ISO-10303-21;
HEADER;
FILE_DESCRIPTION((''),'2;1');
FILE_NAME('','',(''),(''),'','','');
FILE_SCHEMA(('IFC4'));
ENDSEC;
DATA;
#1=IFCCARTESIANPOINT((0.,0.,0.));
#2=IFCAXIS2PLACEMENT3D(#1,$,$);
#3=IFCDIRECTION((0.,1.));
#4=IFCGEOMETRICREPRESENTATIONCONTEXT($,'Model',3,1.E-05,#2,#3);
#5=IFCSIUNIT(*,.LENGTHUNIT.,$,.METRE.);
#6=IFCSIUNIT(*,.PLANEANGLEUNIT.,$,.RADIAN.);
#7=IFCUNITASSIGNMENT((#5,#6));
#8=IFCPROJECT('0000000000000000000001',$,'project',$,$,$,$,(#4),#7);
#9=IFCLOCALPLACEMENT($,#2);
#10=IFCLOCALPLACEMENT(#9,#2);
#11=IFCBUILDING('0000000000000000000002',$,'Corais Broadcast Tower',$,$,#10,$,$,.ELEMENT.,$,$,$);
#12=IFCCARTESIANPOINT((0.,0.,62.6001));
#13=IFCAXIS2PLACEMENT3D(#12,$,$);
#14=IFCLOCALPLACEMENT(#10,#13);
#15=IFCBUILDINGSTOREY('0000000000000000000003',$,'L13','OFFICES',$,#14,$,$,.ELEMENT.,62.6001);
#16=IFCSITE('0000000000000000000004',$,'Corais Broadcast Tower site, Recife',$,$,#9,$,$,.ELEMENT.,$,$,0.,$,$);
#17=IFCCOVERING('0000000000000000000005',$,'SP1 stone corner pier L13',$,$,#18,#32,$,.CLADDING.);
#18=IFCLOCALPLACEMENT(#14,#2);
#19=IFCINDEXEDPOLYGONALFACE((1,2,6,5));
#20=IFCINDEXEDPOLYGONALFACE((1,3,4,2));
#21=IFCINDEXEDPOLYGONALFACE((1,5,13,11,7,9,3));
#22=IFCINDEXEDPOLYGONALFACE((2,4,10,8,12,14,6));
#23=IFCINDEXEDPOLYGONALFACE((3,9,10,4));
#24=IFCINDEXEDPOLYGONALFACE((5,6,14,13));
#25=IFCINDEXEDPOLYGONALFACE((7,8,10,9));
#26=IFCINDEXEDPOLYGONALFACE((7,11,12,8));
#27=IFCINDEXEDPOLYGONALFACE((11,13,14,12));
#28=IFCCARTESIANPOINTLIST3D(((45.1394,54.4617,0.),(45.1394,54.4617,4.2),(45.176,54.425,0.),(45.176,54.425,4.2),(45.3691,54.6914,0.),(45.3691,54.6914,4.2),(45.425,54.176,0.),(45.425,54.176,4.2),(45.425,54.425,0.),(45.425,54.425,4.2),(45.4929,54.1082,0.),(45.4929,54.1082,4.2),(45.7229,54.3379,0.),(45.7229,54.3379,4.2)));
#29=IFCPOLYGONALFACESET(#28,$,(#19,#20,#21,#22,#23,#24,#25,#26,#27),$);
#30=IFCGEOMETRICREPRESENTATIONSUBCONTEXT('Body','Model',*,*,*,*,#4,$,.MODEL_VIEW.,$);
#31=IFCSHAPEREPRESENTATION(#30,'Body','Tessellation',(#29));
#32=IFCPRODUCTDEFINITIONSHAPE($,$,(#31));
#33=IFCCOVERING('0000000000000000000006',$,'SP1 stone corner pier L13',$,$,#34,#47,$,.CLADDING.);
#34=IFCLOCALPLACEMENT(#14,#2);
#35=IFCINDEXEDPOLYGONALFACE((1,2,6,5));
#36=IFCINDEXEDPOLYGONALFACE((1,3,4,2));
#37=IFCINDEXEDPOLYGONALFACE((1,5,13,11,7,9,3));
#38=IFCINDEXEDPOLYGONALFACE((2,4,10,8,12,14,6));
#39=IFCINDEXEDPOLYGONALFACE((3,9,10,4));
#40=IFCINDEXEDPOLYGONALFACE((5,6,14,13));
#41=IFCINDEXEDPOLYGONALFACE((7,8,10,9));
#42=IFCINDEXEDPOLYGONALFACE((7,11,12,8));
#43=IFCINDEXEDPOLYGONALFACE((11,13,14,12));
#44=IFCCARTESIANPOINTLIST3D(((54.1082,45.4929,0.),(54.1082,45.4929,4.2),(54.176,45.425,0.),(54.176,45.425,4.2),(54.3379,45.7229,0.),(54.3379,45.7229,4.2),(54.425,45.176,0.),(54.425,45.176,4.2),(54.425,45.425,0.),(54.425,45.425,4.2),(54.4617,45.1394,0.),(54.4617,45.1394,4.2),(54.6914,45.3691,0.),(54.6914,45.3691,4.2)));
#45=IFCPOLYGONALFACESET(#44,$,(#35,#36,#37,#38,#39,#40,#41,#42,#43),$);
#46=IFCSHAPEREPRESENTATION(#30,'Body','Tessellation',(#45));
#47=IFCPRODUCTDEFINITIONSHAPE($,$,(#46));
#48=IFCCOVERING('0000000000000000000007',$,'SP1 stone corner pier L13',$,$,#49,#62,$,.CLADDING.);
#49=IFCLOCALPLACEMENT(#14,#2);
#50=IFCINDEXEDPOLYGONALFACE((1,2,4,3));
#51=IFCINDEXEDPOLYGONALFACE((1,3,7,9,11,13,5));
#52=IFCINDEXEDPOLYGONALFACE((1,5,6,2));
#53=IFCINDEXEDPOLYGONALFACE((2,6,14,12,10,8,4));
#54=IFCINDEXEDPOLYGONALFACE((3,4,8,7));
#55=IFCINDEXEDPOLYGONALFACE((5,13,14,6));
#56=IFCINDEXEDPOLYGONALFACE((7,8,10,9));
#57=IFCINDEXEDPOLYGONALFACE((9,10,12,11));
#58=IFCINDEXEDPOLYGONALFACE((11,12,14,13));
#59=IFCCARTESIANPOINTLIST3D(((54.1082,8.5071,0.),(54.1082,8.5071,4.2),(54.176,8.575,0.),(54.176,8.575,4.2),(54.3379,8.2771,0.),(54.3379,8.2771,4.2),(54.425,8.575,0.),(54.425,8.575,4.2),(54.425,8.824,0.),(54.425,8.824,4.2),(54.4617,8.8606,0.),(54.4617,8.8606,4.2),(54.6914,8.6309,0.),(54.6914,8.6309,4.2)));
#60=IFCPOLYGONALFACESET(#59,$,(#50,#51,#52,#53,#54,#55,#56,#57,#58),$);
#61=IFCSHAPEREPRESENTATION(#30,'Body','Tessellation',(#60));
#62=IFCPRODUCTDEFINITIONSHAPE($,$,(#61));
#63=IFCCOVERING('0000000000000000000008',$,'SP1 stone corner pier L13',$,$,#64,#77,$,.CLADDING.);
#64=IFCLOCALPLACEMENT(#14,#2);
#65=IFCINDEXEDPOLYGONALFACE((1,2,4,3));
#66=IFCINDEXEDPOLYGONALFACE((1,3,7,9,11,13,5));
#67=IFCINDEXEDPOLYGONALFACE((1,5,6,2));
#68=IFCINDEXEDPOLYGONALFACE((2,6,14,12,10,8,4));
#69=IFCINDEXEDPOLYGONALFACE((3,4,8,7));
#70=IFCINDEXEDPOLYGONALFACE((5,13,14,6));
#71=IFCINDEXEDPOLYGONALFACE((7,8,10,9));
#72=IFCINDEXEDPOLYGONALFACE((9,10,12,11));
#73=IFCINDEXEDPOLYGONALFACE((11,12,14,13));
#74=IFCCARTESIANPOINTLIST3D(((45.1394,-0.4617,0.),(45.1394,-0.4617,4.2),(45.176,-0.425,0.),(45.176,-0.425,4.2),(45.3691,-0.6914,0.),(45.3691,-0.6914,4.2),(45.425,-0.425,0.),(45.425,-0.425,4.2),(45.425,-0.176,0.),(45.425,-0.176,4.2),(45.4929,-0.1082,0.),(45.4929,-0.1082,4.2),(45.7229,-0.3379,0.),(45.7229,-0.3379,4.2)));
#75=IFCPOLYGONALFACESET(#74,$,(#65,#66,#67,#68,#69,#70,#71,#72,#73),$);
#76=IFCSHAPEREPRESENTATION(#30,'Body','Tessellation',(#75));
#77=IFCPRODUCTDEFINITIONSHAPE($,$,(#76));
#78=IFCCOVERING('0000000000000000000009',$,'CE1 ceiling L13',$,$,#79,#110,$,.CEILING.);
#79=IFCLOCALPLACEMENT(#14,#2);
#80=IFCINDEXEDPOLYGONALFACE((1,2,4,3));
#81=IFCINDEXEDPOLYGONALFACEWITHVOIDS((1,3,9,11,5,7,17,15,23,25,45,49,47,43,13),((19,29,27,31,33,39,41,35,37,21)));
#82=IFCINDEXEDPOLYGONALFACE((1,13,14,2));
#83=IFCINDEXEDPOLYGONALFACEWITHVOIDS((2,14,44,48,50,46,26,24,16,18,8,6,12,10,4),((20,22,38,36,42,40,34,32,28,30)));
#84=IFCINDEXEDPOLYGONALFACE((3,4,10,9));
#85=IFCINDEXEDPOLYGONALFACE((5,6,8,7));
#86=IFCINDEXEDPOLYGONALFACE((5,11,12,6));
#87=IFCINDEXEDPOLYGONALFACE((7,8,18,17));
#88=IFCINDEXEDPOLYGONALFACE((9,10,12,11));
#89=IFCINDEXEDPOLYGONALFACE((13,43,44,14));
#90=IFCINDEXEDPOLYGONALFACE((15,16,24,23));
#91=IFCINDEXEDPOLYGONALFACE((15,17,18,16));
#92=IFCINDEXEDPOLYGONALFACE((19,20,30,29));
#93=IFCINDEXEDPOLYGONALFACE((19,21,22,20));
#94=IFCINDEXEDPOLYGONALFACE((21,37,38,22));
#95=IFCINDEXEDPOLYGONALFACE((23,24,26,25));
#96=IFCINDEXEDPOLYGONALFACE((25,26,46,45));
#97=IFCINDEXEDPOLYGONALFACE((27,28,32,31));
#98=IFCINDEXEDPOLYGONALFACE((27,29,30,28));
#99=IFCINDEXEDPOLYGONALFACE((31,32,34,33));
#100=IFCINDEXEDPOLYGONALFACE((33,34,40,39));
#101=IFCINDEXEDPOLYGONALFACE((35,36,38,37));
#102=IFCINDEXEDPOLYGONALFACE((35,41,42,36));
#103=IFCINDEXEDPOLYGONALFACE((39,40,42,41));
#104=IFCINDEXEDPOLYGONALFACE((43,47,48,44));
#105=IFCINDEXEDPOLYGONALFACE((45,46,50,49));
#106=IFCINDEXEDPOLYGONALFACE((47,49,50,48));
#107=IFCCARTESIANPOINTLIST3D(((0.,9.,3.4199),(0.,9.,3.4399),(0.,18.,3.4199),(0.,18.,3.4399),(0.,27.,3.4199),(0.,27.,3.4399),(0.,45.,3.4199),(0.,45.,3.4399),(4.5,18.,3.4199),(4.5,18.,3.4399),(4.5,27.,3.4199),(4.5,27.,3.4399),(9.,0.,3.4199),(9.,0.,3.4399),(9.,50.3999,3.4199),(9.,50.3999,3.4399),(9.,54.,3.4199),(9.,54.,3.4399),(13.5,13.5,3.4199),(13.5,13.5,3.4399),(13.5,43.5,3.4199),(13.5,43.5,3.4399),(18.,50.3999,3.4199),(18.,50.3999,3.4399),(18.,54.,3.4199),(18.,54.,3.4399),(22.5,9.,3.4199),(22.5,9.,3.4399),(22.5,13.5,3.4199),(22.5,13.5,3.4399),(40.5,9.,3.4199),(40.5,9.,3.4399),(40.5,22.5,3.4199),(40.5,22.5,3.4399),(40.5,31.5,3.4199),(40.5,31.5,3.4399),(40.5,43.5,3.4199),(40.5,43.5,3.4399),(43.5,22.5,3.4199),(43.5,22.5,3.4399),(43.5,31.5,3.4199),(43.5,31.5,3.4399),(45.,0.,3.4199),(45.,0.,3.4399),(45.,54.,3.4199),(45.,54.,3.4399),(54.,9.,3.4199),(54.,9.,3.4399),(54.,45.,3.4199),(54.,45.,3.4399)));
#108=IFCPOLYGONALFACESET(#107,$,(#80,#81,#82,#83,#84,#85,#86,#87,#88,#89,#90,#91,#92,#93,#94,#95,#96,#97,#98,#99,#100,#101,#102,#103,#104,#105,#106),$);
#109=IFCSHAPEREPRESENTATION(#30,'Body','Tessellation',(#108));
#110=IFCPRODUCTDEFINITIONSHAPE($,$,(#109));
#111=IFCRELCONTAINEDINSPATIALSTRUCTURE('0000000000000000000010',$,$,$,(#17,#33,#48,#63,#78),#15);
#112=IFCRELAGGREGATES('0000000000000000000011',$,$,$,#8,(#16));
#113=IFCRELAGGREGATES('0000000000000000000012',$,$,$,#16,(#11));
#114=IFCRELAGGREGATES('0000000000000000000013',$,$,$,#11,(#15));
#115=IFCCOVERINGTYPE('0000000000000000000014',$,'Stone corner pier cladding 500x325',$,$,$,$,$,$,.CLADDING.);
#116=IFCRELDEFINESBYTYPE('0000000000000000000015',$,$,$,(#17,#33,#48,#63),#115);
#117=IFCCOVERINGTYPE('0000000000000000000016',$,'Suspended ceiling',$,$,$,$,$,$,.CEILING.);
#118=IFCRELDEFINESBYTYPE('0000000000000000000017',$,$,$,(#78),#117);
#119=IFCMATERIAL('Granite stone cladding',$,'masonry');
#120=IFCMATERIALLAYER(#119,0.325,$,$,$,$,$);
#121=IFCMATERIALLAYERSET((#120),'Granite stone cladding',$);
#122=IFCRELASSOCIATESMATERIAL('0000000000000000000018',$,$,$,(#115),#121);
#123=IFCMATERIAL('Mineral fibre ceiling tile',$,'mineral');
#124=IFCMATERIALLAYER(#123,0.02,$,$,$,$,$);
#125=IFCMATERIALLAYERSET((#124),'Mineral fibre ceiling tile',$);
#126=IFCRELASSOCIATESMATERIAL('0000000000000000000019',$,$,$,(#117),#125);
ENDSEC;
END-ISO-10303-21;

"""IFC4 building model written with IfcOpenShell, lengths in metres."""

from ifc_helpers import new_model, si_unit, direction, frame, origin, place, context, subcontext, project, spatial, polyline, outline, extrude, material, layer, layer_set, type_object, element, save


model = new_model("IFC4")

# Units and contexts
model_context = context("Model", 3, precision=1e-05, world=origin(), true_north=direction((0.0, 1.0)))
body_context = subcontext(model_context, "Body", "Model", "MODEL_VIEW")
ifc_project = project(units=[si_unit("LENGTHUNIT", "METRE"), si_unit("PLANEANGLEUNIT", "RADIAN")], contexts=[model_context])

# Site, building, storey
site_placement = place(None, origin())
site = spatial("IfcSite", under=ifc_project, at=site_placement, Name="Corais Broadcast Tower site, Recife", CompositionType="ELEMENT", RefElevation=0.0)
building_placement = place(site_placement, origin())
building = spatial("IfcBuilding", under=site, at=building_placement, Name="Corais Broadcast Tower", CompositionType="ELEMENT")
storey_placement = place(building_placement, frame((0.0, 0.0, 62.6001)))
storey = spatial("IfcBuildingStorey", under=building, at=storey_placement, Name="L13", Description="OFFICES", CompositionType="ELEMENT", Elevation=62.6001)

# Coverings
ifc_material_1 = material(Name="Granite stone cladding", Category="masonry")
ifc_layer_1 = layer(ifc_material_1, 0.325)
ifc_layer_set_1 = layer_set([ifc_layer_1], Name="Granite stone cladding")
covering_type_1 = type_object("IfcCoveringType", Name="Stone corner pier cladding 500x325", PredefinedType="CLADDING", material=ifc_layer_set_1)
covering_1_placement = place(storey_placement, origin())
element("IfcCovering", 1, at=covering_1_placement, inside=storey, type_object=covering_type_1, Name="SP1 stone corner pier L13", PredefinedType="CLADDING", context=body_context, shape_type="SweptSolid", body=[
    extrude(outline(polyline([(45.1394, 54.4617), (45.176, 54.425), (45.425, 54.425), (45.425, 54.176), (45.4929, 54.1082), (45.7229, 54.3379), (45.3691, 54.6914), (45.1394, 54.4617)])), origin(), (0.0, 0.0, 1.0), 4.2),
])
covering_2_placement = place(storey_placement, origin())
element("IfcCovering", 2, at=covering_2_placement, inside=storey, type_object=covering_type_1, Name="SP1 stone corner pier L13", PredefinedType="CLADDING", context=body_context, shape_type="SweptSolid", body=[
    extrude(outline(polyline([(54.425, 45.176), (54.4617, 45.1394), (54.6914, 45.3691), (54.3379, 45.7229), (54.1082, 45.4929), (54.176, 45.425), (54.425, 45.425), (54.425, 45.176)])), origin(), (0.0, 0.0, 1.0), 4.2),
])
covering_3_placement = place(storey_placement, origin())
element("IfcCovering", 3, at=covering_3_placement, inside=storey, type_object=covering_type_1, Name="SP1 stone corner pier L13", PredefinedType="CLADDING", context=body_context, shape_type="SweptSolid", body=[
    extrude(outline(polyline([(54.4617, 8.8606), (54.425, 8.824), (54.425, 8.575), (54.176, 8.575), (54.1082, 8.5071), (54.3379, 8.2771), (54.6914, 8.6309), (54.4617, 8.8606)])), origin(), (0.0, 0.0, 1.0), 4.2),
])
covering_4_placement = place(storey_placement, origin())
element("IfcCovering", 4, at=covering_4_placement, inside=storey, type_object=covering_type_1, Name="SP1 stone corner pier L13", PredefinedType="CLADDING", context=body_context, shape_type="SweptSolid", body=[
    extrude(outline(polyline([(45.176, -0.425), (45.1394, -0.4617), (45.3691, -0.6914), (45.7229, -0.3379), (45.4929, -0.1082), (45.425, -0.176), (45.425, -0.425), (45.176, -0.425)])), origin(), (0.0, 0.0, 1.0), 4.2),
])
ifc_material_2 = material(Name="Mineral fibre ceiling tile", Category="mineral")
ifc_layer_2 = layer(ifc_material_2, 0.02)
ifc_layer_set_2 = layer_set([ifc_layer_2], Name="Mineral fibre ceiling tile")
covering_type_2 = type_object("IfcCoveringType", Name="Suspended ceiling", PredefinedType="CEILING", material=ifc_layer_set_2)
covering_5_placement = place(storey_placement, frame((0.0, 0.0, 3.4199)))
element("IfcCovering", 5, at=covering_5_placement, inside=storey, type_object=covering_type_2, Name="CE1 ceiling L13", PredefinedType="CEILING", context=body_context, shape_type="SweptSolid", body=[
    extrude(outline(polyline([(9.0, 0.0), (0.0, 9.0), (0.0, 18.0), (4.5, 18.0), (4.5, 27.0), (0.0, 27.0), (0.0, 45.0), (9.0, 54.0), (9.0, 50.3999), (18.0, 50.3999), (18.0, 54.0), (45.0, 54.0), (54.0, 45.0), (54.0, 9.0), (45.0, 0.0), (9.0, 0.0)]), holes=[polyline([(22.5, 13.5), (22.5, 9.0), (40.5, 9.0), (40.5, 22.5), (43.5, 22.5), (43.5, 31.5), (40.5, 31.5), (40.5, 43.5), (13.5, 43.5), (13.5, 13.5), (22.5, 13.5)])]), origin(), (0.0, 0.0, 1.0), 0.02),
])

save(model, "model.ifc")
